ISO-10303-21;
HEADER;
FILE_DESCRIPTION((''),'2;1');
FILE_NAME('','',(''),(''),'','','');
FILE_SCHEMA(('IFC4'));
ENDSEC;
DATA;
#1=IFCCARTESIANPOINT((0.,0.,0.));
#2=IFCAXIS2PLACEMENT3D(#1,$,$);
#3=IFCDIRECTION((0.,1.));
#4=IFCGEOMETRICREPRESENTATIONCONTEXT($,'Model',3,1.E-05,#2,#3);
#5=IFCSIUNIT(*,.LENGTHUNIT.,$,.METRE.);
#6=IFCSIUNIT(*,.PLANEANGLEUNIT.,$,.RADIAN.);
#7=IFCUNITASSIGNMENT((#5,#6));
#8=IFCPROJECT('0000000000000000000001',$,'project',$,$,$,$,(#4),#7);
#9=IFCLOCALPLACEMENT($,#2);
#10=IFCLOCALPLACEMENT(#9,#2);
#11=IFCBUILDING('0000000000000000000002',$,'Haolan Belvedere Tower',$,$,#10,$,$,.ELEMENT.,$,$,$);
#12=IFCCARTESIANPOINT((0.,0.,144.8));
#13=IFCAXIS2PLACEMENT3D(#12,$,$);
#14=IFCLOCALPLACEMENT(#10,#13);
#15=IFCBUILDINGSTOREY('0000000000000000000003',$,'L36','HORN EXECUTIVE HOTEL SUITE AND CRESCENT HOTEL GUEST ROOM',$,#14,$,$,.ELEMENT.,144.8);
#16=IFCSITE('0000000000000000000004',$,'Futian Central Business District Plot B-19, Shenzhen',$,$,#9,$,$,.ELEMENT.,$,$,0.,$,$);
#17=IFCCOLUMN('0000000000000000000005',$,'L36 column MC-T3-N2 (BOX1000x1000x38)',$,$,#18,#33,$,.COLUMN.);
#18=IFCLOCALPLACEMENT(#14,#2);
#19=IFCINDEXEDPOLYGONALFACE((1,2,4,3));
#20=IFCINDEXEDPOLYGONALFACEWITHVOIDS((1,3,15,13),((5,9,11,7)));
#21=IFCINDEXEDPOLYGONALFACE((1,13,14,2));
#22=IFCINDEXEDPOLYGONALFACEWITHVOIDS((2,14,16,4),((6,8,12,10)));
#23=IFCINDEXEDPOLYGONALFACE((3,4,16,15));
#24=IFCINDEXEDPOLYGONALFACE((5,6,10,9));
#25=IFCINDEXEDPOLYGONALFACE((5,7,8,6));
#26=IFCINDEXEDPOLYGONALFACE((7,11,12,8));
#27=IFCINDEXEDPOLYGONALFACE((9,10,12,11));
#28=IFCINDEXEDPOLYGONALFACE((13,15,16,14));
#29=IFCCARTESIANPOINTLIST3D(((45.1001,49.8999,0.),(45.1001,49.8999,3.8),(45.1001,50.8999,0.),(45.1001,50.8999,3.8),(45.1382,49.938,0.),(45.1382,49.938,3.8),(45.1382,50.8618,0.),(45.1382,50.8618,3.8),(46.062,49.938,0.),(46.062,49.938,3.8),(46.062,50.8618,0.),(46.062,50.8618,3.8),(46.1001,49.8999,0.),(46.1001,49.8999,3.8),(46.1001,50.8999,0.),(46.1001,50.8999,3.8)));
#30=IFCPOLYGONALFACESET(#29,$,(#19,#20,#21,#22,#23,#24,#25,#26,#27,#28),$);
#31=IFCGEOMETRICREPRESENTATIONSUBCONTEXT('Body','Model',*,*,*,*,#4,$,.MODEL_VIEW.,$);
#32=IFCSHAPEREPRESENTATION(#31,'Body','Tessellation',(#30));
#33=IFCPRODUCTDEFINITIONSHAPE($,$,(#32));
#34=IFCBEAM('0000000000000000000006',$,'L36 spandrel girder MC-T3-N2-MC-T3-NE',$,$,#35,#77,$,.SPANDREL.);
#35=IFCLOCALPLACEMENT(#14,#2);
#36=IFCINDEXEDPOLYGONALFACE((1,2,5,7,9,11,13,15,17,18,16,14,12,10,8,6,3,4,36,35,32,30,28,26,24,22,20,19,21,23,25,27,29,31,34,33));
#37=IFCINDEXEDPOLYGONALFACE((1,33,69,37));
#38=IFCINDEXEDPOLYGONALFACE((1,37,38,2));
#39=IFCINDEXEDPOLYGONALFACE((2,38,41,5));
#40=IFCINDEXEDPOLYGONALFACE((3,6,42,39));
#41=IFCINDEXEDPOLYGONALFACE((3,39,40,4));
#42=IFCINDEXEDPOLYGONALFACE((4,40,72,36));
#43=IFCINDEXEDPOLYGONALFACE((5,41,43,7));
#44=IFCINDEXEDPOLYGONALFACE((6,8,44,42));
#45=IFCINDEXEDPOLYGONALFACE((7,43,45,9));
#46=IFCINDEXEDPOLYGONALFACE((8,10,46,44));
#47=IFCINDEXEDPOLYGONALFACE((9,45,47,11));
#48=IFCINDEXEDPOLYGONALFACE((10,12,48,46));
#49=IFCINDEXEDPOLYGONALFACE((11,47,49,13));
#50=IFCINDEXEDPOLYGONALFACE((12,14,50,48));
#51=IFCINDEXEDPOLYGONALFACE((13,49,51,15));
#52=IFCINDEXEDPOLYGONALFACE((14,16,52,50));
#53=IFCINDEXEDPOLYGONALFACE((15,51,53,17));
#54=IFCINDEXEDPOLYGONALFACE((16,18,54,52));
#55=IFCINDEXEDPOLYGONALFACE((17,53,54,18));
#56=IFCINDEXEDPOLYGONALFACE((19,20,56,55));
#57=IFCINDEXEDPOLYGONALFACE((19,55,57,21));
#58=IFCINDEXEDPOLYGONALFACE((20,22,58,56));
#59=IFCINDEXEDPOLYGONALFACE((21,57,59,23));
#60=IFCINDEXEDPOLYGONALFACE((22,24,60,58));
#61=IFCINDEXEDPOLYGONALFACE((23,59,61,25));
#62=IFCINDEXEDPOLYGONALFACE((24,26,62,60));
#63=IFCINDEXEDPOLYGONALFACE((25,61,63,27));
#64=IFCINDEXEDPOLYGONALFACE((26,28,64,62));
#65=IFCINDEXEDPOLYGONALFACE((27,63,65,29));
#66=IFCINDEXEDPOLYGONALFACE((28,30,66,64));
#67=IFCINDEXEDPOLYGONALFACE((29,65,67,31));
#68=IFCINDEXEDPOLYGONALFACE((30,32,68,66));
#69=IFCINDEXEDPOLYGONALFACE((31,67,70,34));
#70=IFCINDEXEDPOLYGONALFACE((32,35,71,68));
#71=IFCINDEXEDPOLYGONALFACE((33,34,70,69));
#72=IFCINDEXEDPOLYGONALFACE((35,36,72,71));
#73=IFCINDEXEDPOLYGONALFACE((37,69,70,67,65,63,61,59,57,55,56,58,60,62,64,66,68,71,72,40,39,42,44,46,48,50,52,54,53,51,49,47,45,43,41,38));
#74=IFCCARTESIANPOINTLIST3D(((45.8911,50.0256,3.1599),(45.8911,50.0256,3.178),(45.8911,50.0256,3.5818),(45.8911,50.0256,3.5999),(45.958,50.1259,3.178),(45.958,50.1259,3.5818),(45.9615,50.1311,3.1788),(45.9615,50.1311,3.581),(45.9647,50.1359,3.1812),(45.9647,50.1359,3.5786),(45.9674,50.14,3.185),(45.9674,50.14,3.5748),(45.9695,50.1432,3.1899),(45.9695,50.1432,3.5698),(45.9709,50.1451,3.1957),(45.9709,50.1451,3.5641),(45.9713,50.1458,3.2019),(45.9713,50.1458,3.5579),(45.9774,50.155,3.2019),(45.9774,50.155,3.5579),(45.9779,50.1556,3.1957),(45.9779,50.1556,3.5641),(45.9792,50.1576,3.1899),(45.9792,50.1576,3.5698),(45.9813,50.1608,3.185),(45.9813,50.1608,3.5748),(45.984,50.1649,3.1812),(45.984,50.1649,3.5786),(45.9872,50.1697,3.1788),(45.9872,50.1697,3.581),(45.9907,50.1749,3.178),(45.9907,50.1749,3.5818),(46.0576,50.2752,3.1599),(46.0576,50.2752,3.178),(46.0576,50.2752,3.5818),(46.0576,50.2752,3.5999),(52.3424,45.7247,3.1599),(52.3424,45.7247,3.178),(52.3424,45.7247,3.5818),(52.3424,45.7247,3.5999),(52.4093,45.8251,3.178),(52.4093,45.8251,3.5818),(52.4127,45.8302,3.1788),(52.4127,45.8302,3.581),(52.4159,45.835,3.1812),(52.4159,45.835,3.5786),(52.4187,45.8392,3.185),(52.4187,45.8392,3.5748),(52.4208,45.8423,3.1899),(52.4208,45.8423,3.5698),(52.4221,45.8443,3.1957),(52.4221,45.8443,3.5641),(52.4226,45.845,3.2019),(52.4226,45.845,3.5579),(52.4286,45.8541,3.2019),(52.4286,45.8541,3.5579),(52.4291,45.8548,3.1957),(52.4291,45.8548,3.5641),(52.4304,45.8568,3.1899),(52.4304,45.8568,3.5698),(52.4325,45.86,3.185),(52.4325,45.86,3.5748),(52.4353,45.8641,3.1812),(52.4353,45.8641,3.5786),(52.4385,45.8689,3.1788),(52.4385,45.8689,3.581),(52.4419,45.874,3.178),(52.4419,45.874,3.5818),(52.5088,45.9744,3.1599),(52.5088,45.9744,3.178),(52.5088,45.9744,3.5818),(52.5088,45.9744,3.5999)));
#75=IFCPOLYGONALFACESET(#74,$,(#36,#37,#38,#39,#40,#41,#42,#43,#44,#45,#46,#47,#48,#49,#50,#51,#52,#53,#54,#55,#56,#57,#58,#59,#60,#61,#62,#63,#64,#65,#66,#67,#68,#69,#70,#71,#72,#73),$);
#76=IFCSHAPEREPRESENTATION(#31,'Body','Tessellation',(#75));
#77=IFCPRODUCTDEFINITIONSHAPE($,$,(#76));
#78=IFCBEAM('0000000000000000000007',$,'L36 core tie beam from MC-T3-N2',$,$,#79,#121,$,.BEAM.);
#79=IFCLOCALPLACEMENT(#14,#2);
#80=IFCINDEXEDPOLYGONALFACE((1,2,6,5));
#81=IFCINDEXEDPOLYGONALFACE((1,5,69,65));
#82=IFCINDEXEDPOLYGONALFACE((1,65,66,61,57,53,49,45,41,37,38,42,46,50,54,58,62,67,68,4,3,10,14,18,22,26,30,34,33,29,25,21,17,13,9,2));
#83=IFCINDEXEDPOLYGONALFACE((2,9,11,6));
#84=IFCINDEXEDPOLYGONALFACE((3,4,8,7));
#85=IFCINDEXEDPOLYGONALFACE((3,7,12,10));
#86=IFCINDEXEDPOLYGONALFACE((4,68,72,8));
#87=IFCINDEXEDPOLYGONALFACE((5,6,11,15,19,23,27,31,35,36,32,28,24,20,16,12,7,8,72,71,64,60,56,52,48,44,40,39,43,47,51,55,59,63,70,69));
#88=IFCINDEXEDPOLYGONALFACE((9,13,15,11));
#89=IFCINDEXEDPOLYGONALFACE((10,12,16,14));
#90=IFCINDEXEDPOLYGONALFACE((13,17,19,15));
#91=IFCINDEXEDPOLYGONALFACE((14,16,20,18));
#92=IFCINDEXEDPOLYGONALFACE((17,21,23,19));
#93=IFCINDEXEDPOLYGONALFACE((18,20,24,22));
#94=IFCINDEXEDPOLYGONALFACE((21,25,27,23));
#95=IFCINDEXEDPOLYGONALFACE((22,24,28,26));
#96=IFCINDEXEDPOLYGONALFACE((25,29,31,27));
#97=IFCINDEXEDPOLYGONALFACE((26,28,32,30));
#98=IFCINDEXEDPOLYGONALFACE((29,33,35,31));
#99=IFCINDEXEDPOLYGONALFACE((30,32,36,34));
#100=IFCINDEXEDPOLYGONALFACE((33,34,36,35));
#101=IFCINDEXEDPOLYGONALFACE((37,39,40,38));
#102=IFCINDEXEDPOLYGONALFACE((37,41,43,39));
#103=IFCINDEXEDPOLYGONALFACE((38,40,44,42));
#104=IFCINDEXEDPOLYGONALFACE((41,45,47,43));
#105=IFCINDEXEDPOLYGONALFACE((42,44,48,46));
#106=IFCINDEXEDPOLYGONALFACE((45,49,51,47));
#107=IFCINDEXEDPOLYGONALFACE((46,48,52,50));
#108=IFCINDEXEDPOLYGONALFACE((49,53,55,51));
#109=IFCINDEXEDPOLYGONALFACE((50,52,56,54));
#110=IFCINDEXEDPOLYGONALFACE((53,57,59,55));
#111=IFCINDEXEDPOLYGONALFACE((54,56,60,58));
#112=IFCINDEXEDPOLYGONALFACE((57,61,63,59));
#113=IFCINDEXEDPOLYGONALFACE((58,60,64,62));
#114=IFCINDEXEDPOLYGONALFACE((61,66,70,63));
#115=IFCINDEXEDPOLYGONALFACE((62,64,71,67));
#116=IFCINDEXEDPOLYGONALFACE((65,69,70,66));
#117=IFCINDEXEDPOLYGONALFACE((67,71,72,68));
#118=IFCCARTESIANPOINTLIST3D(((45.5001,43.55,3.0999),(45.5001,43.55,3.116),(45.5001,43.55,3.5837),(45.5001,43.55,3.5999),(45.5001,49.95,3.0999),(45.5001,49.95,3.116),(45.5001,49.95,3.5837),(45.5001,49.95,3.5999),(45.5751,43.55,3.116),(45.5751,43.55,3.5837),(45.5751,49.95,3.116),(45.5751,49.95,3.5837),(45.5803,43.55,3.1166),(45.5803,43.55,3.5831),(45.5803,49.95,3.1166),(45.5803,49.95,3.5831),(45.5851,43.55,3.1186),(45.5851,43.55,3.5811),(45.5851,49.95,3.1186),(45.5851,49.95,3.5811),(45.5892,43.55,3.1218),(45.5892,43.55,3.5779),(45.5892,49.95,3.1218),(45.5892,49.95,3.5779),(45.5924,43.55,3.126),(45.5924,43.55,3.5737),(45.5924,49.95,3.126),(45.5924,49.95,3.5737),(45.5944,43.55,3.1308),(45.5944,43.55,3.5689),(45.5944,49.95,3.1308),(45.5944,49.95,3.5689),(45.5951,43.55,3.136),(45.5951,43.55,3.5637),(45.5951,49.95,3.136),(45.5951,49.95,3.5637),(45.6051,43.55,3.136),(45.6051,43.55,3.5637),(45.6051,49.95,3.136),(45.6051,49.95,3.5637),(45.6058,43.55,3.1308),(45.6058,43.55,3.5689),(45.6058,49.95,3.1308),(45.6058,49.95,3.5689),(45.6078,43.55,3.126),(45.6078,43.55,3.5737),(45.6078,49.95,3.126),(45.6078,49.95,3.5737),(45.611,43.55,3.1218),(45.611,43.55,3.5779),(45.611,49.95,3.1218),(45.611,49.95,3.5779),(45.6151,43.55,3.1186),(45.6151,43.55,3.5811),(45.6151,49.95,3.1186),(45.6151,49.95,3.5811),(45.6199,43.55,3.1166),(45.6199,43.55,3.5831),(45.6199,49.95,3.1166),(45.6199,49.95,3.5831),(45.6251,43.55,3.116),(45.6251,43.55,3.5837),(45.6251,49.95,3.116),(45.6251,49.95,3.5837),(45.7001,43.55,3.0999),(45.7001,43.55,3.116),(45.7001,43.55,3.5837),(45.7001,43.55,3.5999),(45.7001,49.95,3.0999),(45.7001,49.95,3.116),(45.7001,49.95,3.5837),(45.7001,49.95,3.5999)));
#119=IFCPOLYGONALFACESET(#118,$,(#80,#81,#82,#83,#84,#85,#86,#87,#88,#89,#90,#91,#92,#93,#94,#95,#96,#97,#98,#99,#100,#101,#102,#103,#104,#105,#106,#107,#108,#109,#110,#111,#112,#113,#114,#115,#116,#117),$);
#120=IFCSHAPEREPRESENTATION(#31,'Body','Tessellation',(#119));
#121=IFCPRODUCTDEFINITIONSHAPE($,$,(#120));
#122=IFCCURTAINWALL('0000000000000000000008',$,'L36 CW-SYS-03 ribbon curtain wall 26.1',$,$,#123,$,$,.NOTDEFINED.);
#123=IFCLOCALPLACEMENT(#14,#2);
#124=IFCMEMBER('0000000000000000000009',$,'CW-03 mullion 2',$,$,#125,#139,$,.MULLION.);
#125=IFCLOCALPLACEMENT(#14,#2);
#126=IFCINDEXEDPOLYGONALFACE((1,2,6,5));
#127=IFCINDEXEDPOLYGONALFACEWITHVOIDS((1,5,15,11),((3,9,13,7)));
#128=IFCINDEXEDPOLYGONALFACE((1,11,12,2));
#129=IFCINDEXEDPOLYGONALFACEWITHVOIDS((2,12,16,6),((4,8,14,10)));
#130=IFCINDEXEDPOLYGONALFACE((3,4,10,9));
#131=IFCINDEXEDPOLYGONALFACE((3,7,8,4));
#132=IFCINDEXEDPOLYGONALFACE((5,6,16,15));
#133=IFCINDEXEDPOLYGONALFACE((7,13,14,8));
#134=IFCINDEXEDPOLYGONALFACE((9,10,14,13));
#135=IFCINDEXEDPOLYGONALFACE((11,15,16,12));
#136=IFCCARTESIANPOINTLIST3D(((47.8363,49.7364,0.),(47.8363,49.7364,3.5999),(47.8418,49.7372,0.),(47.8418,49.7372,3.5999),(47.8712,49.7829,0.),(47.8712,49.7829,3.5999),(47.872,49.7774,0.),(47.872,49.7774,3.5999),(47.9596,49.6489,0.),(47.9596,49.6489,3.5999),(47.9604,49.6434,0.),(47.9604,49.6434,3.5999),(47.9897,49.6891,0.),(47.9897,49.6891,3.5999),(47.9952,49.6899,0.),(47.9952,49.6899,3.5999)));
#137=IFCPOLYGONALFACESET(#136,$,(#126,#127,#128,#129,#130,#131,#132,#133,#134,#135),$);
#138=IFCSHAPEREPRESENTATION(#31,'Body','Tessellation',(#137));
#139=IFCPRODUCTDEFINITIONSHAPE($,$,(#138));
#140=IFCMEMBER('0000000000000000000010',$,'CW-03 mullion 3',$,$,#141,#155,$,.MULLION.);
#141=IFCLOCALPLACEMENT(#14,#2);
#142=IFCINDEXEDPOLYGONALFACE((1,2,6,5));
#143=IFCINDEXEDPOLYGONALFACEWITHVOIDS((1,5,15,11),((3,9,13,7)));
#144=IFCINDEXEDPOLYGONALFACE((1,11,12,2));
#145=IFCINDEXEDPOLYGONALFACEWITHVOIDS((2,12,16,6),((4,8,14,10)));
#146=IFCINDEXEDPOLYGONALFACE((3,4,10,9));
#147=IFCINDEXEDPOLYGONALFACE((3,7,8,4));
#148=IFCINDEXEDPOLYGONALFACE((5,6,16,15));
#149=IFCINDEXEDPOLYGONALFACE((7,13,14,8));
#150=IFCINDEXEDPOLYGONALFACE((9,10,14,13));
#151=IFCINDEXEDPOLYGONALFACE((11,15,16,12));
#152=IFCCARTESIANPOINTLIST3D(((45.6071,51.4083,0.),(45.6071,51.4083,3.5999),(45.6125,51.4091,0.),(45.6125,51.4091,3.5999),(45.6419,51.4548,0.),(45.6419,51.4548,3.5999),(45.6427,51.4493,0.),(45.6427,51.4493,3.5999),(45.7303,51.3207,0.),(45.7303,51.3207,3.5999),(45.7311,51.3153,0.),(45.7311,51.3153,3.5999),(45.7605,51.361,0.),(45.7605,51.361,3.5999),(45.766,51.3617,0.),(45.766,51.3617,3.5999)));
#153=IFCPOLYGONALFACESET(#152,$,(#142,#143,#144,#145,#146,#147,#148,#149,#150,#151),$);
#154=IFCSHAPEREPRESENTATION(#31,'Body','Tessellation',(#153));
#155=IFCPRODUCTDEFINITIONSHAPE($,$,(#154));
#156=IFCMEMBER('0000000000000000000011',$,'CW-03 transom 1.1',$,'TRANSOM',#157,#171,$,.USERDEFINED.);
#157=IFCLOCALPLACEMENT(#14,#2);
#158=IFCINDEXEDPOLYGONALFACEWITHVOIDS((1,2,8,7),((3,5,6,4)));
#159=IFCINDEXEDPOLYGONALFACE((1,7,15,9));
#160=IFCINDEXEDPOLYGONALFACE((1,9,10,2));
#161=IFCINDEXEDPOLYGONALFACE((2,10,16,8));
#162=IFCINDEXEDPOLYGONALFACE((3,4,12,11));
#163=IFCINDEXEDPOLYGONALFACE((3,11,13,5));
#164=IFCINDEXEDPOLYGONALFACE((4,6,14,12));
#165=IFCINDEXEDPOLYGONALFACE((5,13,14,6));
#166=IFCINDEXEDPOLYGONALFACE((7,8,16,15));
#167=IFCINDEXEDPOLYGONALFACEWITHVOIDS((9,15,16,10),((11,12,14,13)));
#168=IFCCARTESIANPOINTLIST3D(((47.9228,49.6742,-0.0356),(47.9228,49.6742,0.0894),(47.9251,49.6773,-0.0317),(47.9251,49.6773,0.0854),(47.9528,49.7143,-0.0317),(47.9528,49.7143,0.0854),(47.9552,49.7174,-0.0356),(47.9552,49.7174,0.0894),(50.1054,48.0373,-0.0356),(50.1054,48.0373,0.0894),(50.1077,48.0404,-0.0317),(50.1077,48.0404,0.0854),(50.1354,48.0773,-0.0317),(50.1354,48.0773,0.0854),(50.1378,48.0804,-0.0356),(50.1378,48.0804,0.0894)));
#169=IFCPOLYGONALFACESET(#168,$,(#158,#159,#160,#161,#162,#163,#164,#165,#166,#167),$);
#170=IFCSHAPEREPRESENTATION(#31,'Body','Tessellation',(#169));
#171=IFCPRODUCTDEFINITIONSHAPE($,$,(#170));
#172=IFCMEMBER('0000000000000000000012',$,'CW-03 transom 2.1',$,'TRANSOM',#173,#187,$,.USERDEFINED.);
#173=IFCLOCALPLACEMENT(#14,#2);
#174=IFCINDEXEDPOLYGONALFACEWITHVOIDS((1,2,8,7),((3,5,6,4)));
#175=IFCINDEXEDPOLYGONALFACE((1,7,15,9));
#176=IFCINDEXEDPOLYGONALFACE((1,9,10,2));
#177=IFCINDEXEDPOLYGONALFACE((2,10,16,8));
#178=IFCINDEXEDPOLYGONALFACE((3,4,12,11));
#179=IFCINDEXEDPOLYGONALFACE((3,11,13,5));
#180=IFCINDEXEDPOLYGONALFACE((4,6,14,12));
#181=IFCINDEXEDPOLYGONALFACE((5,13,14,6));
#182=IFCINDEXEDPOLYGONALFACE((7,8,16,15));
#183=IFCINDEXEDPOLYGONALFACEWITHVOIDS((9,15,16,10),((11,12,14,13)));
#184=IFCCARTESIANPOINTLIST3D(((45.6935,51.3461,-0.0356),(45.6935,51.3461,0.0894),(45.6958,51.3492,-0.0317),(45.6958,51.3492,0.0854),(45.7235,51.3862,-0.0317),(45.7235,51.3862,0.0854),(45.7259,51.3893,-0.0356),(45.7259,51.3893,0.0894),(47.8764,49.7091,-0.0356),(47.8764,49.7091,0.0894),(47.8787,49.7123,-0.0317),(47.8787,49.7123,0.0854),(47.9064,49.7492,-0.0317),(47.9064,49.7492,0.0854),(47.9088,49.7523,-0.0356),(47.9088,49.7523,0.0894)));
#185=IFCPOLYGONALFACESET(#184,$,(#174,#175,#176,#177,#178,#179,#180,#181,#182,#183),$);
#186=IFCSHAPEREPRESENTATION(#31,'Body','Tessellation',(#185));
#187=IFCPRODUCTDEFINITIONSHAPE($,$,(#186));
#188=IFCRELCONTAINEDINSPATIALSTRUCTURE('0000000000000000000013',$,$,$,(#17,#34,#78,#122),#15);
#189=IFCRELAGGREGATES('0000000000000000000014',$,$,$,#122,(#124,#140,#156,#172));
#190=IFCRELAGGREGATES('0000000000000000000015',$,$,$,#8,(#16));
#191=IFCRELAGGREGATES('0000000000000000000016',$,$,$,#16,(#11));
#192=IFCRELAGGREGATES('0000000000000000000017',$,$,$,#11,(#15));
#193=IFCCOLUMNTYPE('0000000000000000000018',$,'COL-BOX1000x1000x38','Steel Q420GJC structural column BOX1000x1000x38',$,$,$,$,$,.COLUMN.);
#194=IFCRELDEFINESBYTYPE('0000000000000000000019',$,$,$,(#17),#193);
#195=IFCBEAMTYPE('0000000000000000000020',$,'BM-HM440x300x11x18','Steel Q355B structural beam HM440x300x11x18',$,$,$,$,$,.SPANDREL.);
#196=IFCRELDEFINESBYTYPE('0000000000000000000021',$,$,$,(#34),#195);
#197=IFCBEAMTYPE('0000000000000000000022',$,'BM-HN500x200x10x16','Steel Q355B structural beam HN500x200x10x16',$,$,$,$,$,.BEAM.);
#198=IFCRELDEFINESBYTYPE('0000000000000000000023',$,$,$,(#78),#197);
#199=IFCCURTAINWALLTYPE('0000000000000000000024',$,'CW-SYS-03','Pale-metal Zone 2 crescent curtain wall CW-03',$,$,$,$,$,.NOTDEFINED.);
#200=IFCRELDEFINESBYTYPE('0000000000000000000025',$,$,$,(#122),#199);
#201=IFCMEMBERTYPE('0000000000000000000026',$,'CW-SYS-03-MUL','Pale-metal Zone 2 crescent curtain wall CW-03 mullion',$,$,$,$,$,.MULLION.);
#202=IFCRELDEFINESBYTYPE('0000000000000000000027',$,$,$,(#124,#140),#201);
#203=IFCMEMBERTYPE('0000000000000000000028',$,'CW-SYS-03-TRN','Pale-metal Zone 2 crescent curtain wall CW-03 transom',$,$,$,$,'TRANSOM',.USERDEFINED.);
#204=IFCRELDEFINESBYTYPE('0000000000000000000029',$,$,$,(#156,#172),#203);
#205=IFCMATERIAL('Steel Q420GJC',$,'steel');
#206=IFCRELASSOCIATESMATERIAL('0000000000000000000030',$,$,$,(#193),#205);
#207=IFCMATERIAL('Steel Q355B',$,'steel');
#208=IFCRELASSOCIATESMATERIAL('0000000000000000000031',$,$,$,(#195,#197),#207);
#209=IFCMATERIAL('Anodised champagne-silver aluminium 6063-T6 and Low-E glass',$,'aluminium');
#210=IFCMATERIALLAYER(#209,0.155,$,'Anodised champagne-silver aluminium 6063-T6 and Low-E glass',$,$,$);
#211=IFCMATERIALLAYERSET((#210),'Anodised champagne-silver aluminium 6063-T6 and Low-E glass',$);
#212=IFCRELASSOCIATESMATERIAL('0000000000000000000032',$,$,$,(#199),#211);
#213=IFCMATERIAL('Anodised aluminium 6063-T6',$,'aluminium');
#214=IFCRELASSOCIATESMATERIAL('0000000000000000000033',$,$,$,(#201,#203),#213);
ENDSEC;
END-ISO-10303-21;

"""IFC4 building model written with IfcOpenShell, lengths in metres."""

from ifc_helpers import new_model, si_unit, direction, frame, origin, origin_2d, place, context, subcontext, project, spatial, hollow_rectangle, i_section, extrude, material, layer, layer_set, material_profile, profile_set, type_object, element, aggregate, save


model = new_model("IFC4")

# Units and contexts
model_context = context("Model", 3, precision=1e-05, world=origin(), true_north=direction((0.0, 1.0)))
body_context = subcontext(model_context, "Body", "Model", "MODEL_VIEW")
ifc_project = project(units=[si_unit("LENGTHUNIT", "METRE"), si_unit("PLANEANGLEUNIT", "RADIAN")], contexts=[model_context])

# Site, building, storey
site_placement = place(None, origin())
site = spatial("IfcSite", under=ifc_project, at=site_placement, Name="Futian Central Business District Plot B-19, Shenzhen", CompositionType="ELEMENT", RefElevation=0.0)
building_placement = place(site_placement, origin())
building = spatial("IfcBuilding", under=site, at=building_placement, Name="Haolan Belvedere Tower", CompositionType="ELEMENT")
storey_placement = place(building_placement, frame((0.0, 0.0, 144.8)))
storey = spatial("IfcBuildingStorey", under=building, at=storey_placement, Name="L36", Description="HORN EXECUTIVE HOTEL SUITE AND CRESCENT HOTEL GUEST ROOM", CompositionType="ELEMENT", Elevation=144.8)

# Column
ifc_material_1 = material(Name="Steel Q420GJC", Category="steel")
ifc_material_profile_1 = material_profile(ifc_material_1, hollow_rectangle(XDim=1.0, YDim=1.0, WallThickness=0.0381, at=origin_2d()), Name="Steel Q420GJC")
ifc_profile_set_1 = profile_set([ifc_material_profile_1], Name="Steel Q420GJC")
column_type = type_object("IfcColumnType", Name="COL-BOX1000x1000x38", Description="Steel Q420GJC structural column BOX1000x1000x38", PredefinedType="COLUMN", material=ifc_profile_set_1)
column_placement = place(storey_placement, frame((45.6001, 50.3999, 0.0), z_axis=(0.0, 0.0, 1.0), x_axis=(1.0, 0.0, 0.0)))
element("IfcColumn", 1, at=column_placement, inside=storey, type_object=column_type, Name="L36 column MC-T3-N2 (BOX1000x1000x38)", PredefinedType="COLUMN", context=body_context, shape_type="SweptSolid", body=[
    extrude(hollow_rectangle(XDim=1.0, YDim=1.0, WallThickness=0.0381, at=origin_2d()), origin(), (0.0, 0.0, 1.0), 3.8),
])

# Beams
ifc_material_2 = material(Name="Steel Q355B", Category="steel")
ifc_material_profile_2 = material_profile(ifc_material_2, i_section(OverallWidth=0.3, OverallDepth=0.4399, WebThickness=0.011, FlangeThickness=0.0181, FilletRadius=0.0239, at=origin_2d()), Name="Steel Q355B")
ifc_profile_set_2 = profile_set([ifc_material_profile_2], Name="Steel Q355B")
beam_type_1 = type_object("IfcBeamType", Name="BM-HM440x300x11x18", Description="Steel Q355B structural beam HM440x300x11x18", PredefinedType="SPANDREL", material=ifc_profile_set_2)
beam_1_placement = place(storey_placement, frame((45.9744, 50.1504, 3.3799), z_axis=(0.83205, -0.5547, 0.0), x_axis=(0.5547, 0.83205, 0.0)))
element("IfcBeam", 2, at=beam_1_placement, inside=storey, type_object=beam_type_1, Name="L36 spandrel girder MC-T3-N2-MC-T3-NE", PredefinedType="SPANDREL", context=body_context, shape_type="SweptSolid", body=[
    extrude(i_section(OverallWidth=0.3, OverallDepth=0.4399, WebThickness=0.011, FlangeThickness=0.0181, FilletRadius=0.0239, at=origin_2d()), origin(), (0.0, 0.0, 1.0), 7.7534),
])
ifc_material_profile_3 = material_profile(ifc_material_2, i_section(OverallWidth=0.2, OverallDepth=0.5, WebThickness=0.01, FlangeThickness=0.0161, FilletRadius=0.02, at=origin_2d()), Name="Steel Q355B")
ifc_profile_set_3 = profile_set([ifc_material_profile_3], Name="Steel Q355B")
beam_type_2 = type_object("IfcBeamType", Name="BM-HN500x200x10x16", Description="Steel Q355B structural beam HN500x200x10x16", PredefinedType="BEAM", material=ifc_profile_set_3)
beam_2_placement = place(storey_placement, frame((45.6001, 49.95, 3.3499), z_axis=(0.0, -1.0, 0.0), x_axis=(1.0, 0.0, 0.0)))
element("IfcBeam", 3, at=beam_2_placement, inside=storey, type_object=beam_type_2, Name="L36 core tie beam from MC-T3-N2", PredefinedType="BEAM", context=body_context, shape_type="SweptSolid", body=[
    extrude(i_section(OverallWidth=0.2, OverallDepth=0.5, WebThickness=0.01, FlangeThickness=0.0161, FilletRadius=0.02, at=origin_2d()), origin(), (0.0, 0.0, 1.0), 6.3999),
])

# Curtain wall, members
ifc_material_3 = material(Name="Anodised champagne-silver aluminium 6063-T6 and Low-E glass", Category="aluminium")
ifc_layer_1 = layer(ifc_material_3, 0.155, Name="Anodised champagne-silver aluminium 6063-T6 and Low-E glass")
ifc_layer_set_1 = layer_set([ifc_layer_1], Name="Anodised champagne-silver aluminium 6063-T6 and Low-E glass")
curtain_wall_type = type_object("IfcCurtainWallType", Name="CW-SYS-03", Description="Pale-metal Zone 2 crescent curtain wall CW-03", PredefinedType="NOTDEFINED", material=ifc_layer_set_1)
curtain_wall_placement = place(storey_placement, origin())
curtain_wall = element("IfcCurtainWall", 4, at=curtain_wall_placement, inside=storey, type_object=curtain_wall_type, Name="L36 CW-SYS-03 ribbon curtain wall 26.1", PredefinedType="NOTDEFINED")
ifc_material_4 = material(Name="Anodised aluminium 6063-T6", Category="aluminium")
ifc_material_profile_4 = material_profile(ifc_material_4, hollow_rectangle(XDim=0.0581, YDim=0.155, WallThickness=0.0039, at=origin_2d()), Name="Anodised aluminium 6063-T6")
ifc_profile_set_4 = profile_set([ifc_material_profile_4], Name="Anodised aluminium 6063-T6")
member_type_1 = type_object("IfcMemberType", Name="CW-SYS-03-MUL", Description="Pale-metal Zone 2 crescent curtain wall CW-03 mullion", PredefinedType="MULLION", material=ifc_profile_set_4)
member_1_placement = place(storey_placement, frame((47.9158, 49.7131, 0.0), z_axis=(0.0, 0.0, 1.0), x_axis=(-0.599994, -0.800004, 0.0)))
member_1 = element("IfcMember", 5, at=member_1_placement, type_object=member_type_1, Name="CW-03 mullion 2", PredefinedType="MULLION", context=body_context, shape_type="SweptSolid", body=[
    extrude(hollow_rectangle(XDim=0.0581, YDim=0.155, WallThickness=0.0039, at=origin_2d()), origin(), (0.0, 0.0, 1.0), 3.5999),
])
member_2_placement = place(storey_placement, frame((45.6865, 51.385, 0.0), z_axis=(0.0, 0.0, 1.0), x_axis=(-0.599994, -0.800004, 0.0)))
member_2 = element("IfcMember", 6, at=member_2_placement, type_object=member_type_1, Name="CW-03 mullion 3", PredefinedType="MULLION", context=body_context, shape_type="SweptSolid", body=[
    extrude(hollow_rectangle(XDim=0.0581, YDim=0.155, WallThickness=0.0039, at=origin_2d()), origin(), (0.0, 0.0, 1.0), 3.5999),
])
ifc_material_profile_5 = material_profile(ifc_material_4, hollow_rectangle(XDim=0.054, YDim=0.125, WallThickness=0.0039, at=origin_2d()), Name="Anodised aluminium 6063-T6")
ifc_profile_set_5 = profile_set([ifc_material_profile_5], Name="Anodised aluminium 6063-T6")
member_type_2 = type_object("IfcMemberType", Name="CW-SYS-03-TRN", Description="Pale-metal Zone 2 crescent curtain wall CW-03 transom", ElementType="TRANSOM", PredefinedType="USERDEFINED", material=ifc_profile_set_5)
member_3_placement = place(storey_placement, frame((50.1216, 48.0588, 0.0269), z_axis=(-0.8, 0.6, 0.0), x_axis=(-0.6, -0.8, 0.0)))
member_3 = element("IfcMember", 7, at=member_3_placement, type_object=member_type_2, Name="CW-03 transom 1.1", ObjectType="TRANSOM", PredefinedType="USERDEFINED", context=body_context, shape_type="SweptSolid", body=[
    extrude(hollow_rectangle(XDim=0.054, YDim=0.125, WallThickness=0.0039, at=origin_2d()), origin(), (0.0, 0.0, 1.0), 2.7283),
])
member_4_placement = place(storey_placement, frame((47.8926, 49.7307, 0.0269), z_axis=(-0.800032, 0.599957, 0.0), x_axis=(-0.599957, -0.800032, 0.0)))
member_4 = element("IfcMember", 8, at=member_4_placement, type_object=member_type_2, Name="CW-03 transom 2.1", ObjectType="TRANSOM", PredefinedType="USERDEFINED", context=body_context, shape_type="SweptSolid", body=[
    extrude(hollow_rectangle(XDim=0.054, YDim=0.125, WallThickness=0.0039, at=origin_2d()), origin(), (0.0, 0.0, 1.0), 2.7285),
])
aggregate(curtain_wall, [member_1, member_2, member_3, member_4])

save(model, "model.ifc")
